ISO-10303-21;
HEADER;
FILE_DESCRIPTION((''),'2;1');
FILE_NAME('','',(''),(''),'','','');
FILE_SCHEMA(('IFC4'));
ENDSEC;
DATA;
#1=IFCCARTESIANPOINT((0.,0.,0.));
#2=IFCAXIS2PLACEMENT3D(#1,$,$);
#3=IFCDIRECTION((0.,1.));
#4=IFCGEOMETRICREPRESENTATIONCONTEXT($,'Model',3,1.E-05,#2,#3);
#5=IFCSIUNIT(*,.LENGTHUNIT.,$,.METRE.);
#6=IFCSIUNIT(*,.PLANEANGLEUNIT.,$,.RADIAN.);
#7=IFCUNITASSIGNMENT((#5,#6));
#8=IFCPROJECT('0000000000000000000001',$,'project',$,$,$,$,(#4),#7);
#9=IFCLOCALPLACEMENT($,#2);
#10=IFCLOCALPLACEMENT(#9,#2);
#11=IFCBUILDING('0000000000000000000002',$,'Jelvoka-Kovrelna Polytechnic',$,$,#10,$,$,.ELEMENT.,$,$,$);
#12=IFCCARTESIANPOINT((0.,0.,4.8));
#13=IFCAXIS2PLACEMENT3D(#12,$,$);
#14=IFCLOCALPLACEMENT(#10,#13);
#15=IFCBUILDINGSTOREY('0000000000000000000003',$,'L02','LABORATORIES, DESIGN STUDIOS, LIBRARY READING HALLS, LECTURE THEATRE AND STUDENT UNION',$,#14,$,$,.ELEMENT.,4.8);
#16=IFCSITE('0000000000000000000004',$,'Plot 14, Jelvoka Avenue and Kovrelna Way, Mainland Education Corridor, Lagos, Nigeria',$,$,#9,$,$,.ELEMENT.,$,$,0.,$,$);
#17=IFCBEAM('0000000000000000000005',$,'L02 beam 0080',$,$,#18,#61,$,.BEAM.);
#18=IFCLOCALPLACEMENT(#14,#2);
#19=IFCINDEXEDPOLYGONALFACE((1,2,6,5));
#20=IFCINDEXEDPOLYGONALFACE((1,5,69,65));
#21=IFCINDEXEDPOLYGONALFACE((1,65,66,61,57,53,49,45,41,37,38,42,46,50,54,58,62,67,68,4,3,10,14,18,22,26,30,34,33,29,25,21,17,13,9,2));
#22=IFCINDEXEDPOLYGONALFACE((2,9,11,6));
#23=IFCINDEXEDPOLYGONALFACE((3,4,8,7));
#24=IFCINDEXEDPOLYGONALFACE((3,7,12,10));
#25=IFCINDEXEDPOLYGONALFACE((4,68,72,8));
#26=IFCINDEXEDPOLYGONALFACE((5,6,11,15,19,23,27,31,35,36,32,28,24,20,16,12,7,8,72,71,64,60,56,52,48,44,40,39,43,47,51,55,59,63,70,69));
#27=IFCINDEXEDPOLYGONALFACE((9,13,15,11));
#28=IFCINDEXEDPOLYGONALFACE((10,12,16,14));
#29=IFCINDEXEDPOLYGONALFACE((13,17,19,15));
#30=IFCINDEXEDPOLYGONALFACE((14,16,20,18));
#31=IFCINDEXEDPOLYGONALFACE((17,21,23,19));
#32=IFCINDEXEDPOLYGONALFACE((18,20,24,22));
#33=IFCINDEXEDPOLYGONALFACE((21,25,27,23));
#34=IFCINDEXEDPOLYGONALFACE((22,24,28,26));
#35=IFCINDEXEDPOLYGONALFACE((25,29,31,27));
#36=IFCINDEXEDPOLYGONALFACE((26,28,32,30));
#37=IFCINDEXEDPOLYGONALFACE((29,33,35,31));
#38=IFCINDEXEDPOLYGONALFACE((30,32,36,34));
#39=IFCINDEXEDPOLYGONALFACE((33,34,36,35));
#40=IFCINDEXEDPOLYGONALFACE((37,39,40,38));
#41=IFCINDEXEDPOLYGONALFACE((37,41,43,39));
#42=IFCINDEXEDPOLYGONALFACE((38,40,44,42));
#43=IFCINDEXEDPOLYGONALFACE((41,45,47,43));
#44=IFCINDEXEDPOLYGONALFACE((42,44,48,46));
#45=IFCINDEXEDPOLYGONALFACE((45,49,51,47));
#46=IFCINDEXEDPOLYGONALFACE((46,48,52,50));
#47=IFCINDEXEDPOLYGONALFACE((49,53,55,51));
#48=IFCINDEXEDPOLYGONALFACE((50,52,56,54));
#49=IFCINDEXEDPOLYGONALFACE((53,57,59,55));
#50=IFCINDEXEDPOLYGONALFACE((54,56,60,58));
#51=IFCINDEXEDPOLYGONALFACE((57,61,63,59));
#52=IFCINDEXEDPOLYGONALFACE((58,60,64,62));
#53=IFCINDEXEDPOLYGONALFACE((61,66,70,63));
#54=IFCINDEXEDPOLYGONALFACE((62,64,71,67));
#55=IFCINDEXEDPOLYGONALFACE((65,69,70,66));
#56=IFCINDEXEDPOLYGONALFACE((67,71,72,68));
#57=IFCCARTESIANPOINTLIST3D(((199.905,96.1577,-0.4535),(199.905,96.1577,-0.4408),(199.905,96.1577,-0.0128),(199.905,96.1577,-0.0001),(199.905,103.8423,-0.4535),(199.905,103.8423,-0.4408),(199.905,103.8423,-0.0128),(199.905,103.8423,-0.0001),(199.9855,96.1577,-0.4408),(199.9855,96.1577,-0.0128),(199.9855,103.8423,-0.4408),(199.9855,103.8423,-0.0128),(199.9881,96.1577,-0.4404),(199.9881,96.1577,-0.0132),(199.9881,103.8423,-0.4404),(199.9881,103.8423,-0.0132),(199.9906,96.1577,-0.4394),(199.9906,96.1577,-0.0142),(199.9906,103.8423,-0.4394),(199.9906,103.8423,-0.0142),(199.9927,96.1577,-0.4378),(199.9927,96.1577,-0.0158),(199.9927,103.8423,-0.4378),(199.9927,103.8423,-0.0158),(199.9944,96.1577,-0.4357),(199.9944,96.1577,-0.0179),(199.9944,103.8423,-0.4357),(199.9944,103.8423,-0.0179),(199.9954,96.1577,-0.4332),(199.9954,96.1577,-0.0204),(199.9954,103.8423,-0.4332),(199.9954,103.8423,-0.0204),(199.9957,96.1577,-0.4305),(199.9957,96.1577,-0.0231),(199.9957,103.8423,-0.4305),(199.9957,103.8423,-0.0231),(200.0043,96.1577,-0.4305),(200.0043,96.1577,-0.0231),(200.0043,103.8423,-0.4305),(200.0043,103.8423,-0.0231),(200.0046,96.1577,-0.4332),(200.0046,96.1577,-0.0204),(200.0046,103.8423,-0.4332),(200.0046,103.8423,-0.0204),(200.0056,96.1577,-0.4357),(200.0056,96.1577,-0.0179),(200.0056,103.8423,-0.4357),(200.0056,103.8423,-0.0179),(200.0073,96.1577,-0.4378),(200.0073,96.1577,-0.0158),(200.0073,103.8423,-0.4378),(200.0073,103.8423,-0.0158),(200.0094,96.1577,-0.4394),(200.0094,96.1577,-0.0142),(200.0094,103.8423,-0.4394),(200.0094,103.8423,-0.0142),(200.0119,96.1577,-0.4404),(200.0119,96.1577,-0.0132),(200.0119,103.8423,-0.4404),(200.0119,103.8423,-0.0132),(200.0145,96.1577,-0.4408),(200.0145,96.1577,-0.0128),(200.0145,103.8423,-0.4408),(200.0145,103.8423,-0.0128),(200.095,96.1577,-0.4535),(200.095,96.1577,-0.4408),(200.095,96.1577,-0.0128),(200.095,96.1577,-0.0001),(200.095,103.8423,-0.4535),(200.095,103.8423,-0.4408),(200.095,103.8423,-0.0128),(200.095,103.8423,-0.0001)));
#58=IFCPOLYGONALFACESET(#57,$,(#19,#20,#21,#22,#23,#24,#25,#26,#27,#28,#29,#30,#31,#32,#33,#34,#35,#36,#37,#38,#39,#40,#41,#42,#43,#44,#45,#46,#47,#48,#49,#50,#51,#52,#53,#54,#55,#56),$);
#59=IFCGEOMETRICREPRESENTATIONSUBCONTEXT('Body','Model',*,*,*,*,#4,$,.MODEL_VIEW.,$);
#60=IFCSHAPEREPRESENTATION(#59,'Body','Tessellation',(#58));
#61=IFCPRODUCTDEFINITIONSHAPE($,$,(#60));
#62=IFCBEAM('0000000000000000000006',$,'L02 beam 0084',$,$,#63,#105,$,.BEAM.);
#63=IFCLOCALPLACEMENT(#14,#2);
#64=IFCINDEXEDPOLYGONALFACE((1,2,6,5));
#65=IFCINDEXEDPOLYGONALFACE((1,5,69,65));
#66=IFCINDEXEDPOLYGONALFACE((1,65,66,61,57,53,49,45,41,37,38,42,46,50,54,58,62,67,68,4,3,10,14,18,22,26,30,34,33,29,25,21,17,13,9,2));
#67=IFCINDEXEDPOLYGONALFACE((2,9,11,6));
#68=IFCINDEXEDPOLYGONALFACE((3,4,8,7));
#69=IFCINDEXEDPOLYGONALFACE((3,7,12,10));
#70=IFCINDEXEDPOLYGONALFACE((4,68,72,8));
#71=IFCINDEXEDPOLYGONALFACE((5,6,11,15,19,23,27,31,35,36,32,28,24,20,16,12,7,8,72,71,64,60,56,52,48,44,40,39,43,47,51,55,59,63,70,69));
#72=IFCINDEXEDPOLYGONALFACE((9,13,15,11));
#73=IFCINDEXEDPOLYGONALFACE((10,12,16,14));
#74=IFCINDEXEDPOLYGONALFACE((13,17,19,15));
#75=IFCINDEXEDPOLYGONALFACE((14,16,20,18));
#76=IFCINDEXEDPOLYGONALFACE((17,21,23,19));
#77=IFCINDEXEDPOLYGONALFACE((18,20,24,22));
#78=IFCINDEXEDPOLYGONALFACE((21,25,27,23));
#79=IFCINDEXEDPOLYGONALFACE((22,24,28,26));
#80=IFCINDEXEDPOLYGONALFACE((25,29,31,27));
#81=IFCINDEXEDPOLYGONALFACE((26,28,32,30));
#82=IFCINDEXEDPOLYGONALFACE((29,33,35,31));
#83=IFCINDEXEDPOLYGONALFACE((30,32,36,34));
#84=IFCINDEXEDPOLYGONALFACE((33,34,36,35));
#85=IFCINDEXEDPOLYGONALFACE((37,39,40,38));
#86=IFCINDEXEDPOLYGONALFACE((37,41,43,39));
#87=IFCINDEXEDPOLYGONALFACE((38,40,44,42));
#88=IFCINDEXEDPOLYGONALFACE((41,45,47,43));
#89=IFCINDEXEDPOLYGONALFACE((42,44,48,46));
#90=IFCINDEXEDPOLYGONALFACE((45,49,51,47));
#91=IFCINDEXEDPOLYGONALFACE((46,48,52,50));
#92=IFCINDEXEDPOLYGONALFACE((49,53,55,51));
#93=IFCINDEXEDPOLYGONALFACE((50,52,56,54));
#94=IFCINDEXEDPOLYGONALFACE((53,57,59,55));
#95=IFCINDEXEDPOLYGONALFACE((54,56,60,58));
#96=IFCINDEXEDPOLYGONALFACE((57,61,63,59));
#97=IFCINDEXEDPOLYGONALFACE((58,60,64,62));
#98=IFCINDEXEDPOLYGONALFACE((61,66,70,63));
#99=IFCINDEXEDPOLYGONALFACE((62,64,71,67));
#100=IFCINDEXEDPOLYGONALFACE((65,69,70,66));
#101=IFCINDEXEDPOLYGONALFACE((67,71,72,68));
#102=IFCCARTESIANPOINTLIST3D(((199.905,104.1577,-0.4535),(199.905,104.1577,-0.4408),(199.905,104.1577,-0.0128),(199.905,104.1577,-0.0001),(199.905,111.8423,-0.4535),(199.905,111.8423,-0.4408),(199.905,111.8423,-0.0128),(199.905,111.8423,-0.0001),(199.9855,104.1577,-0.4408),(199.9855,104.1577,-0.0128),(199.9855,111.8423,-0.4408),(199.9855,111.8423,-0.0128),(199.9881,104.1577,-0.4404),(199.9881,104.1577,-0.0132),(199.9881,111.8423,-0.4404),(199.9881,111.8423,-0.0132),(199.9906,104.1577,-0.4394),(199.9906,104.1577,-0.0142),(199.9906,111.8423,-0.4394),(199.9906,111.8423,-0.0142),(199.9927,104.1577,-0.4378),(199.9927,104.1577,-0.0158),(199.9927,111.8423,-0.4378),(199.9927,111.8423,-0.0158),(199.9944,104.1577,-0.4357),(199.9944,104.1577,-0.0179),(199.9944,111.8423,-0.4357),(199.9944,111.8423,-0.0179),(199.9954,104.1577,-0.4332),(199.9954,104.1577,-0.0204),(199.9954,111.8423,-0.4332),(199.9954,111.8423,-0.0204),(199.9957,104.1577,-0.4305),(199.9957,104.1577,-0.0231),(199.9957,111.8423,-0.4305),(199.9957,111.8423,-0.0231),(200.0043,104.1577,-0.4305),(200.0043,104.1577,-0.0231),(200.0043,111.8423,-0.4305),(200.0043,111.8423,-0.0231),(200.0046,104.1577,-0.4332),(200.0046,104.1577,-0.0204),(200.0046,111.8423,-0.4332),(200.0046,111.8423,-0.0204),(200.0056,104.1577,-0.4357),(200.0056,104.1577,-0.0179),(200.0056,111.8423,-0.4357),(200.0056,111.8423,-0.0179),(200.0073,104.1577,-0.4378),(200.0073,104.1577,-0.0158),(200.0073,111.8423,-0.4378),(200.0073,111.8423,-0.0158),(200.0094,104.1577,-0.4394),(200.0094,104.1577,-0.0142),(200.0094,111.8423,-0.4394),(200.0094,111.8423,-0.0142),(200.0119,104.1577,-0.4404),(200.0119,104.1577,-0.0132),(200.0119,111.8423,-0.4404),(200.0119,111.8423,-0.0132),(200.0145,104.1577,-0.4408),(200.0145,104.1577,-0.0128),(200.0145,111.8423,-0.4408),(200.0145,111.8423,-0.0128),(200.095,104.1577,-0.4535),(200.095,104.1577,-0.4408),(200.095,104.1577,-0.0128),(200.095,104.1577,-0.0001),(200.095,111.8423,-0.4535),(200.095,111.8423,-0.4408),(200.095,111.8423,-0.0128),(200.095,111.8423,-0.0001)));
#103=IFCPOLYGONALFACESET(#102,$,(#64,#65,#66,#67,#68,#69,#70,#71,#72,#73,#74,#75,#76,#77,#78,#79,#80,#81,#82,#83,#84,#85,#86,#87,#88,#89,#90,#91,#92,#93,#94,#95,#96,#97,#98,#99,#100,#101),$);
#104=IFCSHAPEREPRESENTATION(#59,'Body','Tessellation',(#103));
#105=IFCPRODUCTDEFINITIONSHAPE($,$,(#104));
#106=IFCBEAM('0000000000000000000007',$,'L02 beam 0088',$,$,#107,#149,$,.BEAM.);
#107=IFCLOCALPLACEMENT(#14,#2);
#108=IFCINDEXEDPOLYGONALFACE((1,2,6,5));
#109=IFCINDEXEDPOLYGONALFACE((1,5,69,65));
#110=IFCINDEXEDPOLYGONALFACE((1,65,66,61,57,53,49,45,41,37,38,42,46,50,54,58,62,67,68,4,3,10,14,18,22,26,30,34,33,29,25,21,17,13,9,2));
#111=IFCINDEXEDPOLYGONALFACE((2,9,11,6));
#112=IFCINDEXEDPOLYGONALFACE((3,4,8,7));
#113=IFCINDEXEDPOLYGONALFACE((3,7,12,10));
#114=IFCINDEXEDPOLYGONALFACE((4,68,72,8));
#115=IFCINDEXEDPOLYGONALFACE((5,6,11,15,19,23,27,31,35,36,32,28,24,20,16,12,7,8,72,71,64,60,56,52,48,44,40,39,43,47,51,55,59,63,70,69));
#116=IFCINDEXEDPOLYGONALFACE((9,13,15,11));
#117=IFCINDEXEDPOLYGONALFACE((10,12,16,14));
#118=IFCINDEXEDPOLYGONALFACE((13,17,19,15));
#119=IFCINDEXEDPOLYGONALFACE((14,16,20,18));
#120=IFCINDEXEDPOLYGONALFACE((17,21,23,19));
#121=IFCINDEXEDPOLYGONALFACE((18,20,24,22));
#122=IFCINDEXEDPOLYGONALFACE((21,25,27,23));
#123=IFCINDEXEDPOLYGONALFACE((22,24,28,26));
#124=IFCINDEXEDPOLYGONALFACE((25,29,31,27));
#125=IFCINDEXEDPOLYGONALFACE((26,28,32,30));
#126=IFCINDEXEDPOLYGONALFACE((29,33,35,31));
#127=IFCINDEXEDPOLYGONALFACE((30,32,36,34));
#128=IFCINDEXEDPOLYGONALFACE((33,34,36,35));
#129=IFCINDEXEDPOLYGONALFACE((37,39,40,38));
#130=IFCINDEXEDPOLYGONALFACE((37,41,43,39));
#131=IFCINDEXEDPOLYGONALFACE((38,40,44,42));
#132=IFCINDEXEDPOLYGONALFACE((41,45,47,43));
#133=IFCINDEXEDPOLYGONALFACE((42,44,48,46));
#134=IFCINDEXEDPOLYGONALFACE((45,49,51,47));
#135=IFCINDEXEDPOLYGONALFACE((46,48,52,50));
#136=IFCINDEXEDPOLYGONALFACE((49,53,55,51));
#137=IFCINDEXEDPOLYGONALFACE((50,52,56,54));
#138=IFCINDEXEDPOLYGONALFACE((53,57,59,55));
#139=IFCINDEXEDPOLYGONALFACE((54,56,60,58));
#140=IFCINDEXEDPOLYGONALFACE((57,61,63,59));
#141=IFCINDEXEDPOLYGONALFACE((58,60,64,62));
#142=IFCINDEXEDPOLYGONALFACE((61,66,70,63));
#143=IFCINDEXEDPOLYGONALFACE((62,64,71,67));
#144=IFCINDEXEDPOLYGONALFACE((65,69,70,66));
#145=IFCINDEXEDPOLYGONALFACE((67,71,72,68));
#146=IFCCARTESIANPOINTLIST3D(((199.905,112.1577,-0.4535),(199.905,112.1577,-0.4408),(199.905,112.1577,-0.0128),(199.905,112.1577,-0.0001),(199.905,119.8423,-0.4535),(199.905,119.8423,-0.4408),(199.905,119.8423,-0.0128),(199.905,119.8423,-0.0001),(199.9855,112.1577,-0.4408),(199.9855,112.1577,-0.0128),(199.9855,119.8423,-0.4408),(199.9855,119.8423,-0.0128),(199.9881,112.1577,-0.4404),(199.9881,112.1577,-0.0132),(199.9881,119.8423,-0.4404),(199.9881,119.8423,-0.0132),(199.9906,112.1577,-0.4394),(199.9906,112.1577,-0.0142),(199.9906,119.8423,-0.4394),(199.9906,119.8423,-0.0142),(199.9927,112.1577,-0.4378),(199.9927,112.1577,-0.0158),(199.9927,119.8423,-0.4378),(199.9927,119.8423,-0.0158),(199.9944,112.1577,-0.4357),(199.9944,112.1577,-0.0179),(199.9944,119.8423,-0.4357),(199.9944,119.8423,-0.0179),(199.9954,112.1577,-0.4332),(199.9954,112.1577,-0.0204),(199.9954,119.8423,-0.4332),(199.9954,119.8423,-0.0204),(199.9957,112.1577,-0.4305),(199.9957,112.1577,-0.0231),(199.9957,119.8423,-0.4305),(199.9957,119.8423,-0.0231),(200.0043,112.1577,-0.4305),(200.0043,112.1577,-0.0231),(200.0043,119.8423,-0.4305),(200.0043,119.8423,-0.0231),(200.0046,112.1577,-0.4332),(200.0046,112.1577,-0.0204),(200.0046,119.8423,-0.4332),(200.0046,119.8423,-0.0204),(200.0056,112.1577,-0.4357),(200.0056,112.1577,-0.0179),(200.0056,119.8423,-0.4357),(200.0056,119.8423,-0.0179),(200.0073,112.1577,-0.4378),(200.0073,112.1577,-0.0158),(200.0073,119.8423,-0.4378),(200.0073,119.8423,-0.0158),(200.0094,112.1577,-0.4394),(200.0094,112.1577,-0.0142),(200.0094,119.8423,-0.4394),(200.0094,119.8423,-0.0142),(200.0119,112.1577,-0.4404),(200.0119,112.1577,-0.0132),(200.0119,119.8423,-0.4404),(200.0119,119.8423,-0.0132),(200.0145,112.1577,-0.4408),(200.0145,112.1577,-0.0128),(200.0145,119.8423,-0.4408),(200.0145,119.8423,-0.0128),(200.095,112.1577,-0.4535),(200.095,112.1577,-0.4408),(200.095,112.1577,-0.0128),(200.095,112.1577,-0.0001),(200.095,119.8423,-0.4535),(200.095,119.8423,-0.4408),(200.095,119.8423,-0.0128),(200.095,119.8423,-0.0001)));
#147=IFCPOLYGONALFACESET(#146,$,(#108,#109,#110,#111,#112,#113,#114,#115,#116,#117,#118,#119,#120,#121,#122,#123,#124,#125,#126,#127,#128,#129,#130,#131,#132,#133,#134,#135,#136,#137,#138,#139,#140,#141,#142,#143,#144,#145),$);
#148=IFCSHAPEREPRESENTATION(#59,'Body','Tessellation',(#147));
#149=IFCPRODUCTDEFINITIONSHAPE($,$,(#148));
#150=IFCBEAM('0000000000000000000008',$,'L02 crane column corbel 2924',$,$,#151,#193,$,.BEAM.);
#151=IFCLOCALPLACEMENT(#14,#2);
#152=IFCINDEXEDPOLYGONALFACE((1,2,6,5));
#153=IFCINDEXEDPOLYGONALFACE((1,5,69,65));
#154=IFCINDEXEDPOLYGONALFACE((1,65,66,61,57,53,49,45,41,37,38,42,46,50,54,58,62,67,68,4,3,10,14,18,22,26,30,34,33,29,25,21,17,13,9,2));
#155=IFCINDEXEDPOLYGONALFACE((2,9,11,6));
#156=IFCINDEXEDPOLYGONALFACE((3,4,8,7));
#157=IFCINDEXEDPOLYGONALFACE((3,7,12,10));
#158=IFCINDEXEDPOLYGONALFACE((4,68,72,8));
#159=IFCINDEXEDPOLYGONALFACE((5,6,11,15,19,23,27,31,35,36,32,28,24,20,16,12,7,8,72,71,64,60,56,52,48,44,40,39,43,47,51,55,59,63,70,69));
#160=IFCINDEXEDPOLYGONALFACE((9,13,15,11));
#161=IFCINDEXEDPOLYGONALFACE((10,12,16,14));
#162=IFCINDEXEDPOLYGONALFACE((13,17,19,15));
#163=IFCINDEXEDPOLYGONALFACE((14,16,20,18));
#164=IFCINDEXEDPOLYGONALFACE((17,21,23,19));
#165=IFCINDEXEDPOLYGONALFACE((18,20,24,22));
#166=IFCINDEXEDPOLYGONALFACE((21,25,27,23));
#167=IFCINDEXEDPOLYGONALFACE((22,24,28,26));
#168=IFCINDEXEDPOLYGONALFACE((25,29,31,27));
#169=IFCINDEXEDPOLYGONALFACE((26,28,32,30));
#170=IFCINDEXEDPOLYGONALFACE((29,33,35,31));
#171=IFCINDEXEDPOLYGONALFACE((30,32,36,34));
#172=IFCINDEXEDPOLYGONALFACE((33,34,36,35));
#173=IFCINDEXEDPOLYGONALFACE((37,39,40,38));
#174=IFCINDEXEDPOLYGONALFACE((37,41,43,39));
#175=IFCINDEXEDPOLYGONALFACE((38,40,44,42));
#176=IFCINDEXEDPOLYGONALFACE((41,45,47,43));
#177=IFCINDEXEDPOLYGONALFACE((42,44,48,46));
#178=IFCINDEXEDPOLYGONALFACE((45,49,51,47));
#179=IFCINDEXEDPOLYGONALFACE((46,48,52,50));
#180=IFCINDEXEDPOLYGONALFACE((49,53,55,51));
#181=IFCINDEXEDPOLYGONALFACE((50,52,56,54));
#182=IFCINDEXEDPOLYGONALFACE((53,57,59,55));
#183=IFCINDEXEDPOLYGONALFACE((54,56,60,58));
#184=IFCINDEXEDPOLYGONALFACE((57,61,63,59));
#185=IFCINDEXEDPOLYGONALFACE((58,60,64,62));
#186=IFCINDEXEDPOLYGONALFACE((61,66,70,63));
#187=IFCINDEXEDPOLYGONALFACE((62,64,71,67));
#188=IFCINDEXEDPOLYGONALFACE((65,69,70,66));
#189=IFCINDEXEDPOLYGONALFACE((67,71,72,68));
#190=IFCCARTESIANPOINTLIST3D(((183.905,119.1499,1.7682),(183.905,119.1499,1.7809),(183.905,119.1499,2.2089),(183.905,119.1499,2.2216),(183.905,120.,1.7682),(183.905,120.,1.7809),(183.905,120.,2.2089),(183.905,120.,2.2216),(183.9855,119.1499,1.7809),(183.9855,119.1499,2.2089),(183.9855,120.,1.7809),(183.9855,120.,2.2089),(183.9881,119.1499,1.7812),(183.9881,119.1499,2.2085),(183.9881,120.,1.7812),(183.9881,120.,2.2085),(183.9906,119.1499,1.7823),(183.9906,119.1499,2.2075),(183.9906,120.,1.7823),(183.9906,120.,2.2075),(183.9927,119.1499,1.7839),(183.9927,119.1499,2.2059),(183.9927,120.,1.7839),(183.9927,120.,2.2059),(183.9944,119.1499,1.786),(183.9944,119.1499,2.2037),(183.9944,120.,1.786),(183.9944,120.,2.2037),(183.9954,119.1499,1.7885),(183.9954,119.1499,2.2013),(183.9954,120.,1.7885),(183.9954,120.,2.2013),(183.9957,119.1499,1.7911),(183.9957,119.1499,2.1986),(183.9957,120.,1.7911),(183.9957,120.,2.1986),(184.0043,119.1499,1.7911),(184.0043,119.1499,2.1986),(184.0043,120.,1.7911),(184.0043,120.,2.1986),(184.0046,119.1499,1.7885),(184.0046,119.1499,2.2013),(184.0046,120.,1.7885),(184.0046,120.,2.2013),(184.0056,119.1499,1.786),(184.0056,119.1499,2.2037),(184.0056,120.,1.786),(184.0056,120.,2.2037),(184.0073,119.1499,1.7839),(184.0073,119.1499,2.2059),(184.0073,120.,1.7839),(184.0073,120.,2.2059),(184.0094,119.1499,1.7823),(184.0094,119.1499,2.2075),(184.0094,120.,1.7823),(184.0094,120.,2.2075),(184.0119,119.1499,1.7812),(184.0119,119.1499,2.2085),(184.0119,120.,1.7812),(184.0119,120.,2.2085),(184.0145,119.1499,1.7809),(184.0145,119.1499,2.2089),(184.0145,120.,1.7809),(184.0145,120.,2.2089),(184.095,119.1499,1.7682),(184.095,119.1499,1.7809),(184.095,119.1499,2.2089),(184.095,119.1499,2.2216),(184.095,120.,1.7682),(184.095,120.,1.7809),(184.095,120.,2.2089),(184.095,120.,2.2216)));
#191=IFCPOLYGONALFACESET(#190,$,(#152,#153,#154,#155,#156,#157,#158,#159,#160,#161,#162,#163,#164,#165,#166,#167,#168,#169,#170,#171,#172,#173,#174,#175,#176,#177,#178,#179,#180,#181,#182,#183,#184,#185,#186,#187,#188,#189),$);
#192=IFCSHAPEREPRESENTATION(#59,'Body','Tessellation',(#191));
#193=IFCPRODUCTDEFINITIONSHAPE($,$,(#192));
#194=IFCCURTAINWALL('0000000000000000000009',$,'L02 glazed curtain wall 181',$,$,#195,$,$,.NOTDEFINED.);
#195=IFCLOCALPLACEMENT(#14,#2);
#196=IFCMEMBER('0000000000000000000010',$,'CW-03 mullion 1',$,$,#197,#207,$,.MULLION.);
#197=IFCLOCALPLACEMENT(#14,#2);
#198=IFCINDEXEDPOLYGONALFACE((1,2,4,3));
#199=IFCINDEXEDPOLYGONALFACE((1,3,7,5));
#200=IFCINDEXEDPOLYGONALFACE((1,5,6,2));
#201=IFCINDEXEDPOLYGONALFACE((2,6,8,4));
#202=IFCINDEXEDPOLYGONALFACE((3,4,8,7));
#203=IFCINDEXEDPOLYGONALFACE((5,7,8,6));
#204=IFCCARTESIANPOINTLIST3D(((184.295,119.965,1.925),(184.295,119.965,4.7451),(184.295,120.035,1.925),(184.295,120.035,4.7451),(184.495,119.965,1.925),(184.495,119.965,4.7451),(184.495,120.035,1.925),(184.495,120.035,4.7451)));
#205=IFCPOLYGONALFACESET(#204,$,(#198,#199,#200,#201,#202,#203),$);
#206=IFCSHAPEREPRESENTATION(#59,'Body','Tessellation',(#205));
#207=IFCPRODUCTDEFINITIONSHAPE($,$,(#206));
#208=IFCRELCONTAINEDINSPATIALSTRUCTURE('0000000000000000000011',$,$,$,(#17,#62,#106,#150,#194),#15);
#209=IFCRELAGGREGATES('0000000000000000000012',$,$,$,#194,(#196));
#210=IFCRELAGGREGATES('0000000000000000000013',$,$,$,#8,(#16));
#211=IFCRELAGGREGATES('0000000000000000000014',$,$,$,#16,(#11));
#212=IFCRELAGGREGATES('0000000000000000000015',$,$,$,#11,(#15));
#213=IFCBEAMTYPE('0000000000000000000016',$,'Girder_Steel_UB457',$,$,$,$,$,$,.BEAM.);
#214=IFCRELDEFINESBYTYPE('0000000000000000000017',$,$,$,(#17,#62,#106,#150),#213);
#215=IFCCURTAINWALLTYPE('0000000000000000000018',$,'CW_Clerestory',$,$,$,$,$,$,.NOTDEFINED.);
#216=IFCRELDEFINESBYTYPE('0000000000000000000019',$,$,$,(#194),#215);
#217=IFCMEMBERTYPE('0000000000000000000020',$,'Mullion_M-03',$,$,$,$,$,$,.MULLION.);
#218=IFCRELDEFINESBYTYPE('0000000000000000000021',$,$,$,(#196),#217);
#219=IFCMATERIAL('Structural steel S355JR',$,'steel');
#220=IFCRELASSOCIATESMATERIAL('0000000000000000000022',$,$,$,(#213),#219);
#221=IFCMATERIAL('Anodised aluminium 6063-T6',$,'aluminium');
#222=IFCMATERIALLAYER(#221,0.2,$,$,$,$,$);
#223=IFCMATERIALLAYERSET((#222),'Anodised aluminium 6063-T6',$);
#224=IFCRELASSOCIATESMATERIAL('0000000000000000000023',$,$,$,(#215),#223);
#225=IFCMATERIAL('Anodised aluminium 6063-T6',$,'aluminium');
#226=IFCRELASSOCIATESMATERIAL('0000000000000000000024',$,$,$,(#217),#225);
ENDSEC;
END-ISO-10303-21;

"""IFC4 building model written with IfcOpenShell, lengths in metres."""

from ifc_helpers import new_model, si_unit, direction, frame, origin, origin_2d, place, context, subcontext, project, spatial, rectangle, i_section, extrude, material, layer, layer_set, material_profile, profile_set, type_object, element, aggregate, save


model = new_model("IFC4")

# Units and contexts
model_context = context("Model", 3, precision=1e-05, world=origin(), true_north=direction((0.0, 1.0)))
body_context = subcontext(model_context, "Body", "Model", "MODEL_VIEW")
ifc_project = project(units=[si_unit("LENGTHUNIT", "METRE"), si_unit("PLANEANGLEUNIT", "RADIAN")], contexts=[model_context])

# Site, building, storey
site_placement = place(None, origin())
site = spatial("IfcSite", under=ifc_project, at=site_placement, Name="Plot 14, Jelvoka Avenue and Kovrelna Way, Mainland Education Corridor, Lagos, Nigeria", CompositionType="ELEMENT", RefElevation=0.0)
building_placement = place(site_placement, origin())
building = spatial("IfcBuilding", under=site, at=building_placement, Name="Jelvoka-Kovrelna Polytechnic", CompositionType="ELEMENT")
storey_placement = place(building_placement, frame((0.0, 0.0, 4.8)))
storey = spatial("IfcBuildingStorey", under=building, at=storey_placement, Name="L02", Description="LABORATORIES, DESIGN STUDIOS, LIBRARY READING HALLS, LECTURE THEATRE AND STUDENT UNION", CompositionType="ELEMENT", Elevation=4.8)

# Beams
ifc_material_1 = material(Name="Structural steel S355JR", Category="steel")
ifc_material_profile_1 = material_profile(ifc_material_1, i_section(OverallWidth=0.1899, OverallDepth=0.4534, WebThickness=0.0085, FlangeThickness=0.0127, FilletRadius=0.0103, at=origin_2d()), Name="457x191x67 UB")
ifc_profile_set_1 = profile_set([ifc_material_profile_1], Name="Structural steel S355JR")
beam_type_1 = type_object("IfcBeamType", Name="Girder_Steel_UB457", PredefinedType="BEAM", material=ifc_profile_set_1)
for number, where, z_axis, x_axis, name in (
    (1, (200.0, 96.1577, -0.2268), (0.0, 1.0, 0.0), (-1.0, 0.0, 0.0), "L02 beam 0080"),
    (2, (200.0, 104.1577, -0.2268), (0.0, 1.0, 0.0), (-1.0, 0.0, 0.0), "L02 beam 0084"),
    (3, (200.0, 112.1577, -0.2268), (0.0, 1.0, 0.0), (-1.0, 0.0, 0.0), "L02 beam 0088"),
):
    element("IfcBeam", number, at=place(storey_placement, frame(where, z_axis=z_axis, x_axis=x_axis)), inside=storey, type_object=beam_type_1, Name=name, PredefinedType="BEAM", context=body_context, shape_type="SweptSolid", body=[
        extrude(i_section(OverallWidth=0.1899, OverallDepth=0.4534, WebThickness=0.0085, FlangeThickness=0.0127, FilletRadius=0.0103, at=origin_2d()), origin(), (0.0, 0.0, 1.0), 7.6846),
    ])
beam_1_placement = place(storey_placement, frame((184.0, 120.0, 1.9949), z_axis=(0.0, -1.0, 0.0), x_axis=(1.0, 0.0, 0.0)))
element("IfcBeam", 4, at=beam_1_placement, inside=storey, type_object=beam_type_1, Name="L02 crane column corbel 2924", PredefinedType="BEAM", context=body_context, shape_type="SweptSolid", body=[
    extrude(i_section(OverallWidth=0.1899, OverallDepth=0.4534, WebThickness=0.0085, FlangeThickness=0.0127, FilletRadius=0.0103, at=origin_2d()), origin(), (0.0, 0.0, 1.0), 0.8501),
])

# Curtain wall, member
ifc_material_2 = material(Name="Anodised aluminium 6063-T6", Category="aluminium")
ifc_layer_1 = layer(ifc_material_2, 0.2)
ifc_layer_set_1 = layer_set([ifc_layer_1], Name="Anodised aluminium 6063-T6")
curtain_wall_type = type_object("IfcCurtainWallType", Name="CW_Clerestory", PredefinedType="NOTDEFINED", material=ifc_layer_set_1)
curtain_wall_placement = place(storey_placement, origin())
curtain_wall = element("IfcCurtainWall", 5, at=curtain_wall_placement, inside=storey, type_object=curtain_wall_type, Name="L02 glazed curtain wall 181", PredefinedType="NOTDEFINED")
ifc_material_3 = material(Name="Anodised aluminium 6063-T6", Category="aluminium")
ifc_material_profile_2 = material_profile(ifc_material_3, rectangle(XDim=0.0701, YDim=0.2, at=origin_2d()), Name="ALU 70x200")
ifc_profile_set_2 = profile_set([ifc_material_profile_2], Name="Anodised aluminium 6063-T6")
member_type_1 = type_object("IfcMemberType", Name="Mullion_M-03", PredefinedType="MULLION", material=ifc_profile_set_2)
member_1_placement = place(storey_placement, frame((184.395, 120.0, 1.925), z_axis=(0.0, 0.0, 1.0), x_axis=(0.0, 1.0, 0.0)))
member_1 = element("IfcMember", 6, at=member_1_placement, type_object=member_type_1, Name="CW-03 mullion 1", PredefinedType="MULLION", context=body_context, shape_type="SweptSolid", body=[
    extrude(rectangle(XDim=0.0701, YDim=0.2, at=origin_2d()), origin(), (0.0, 0.0, 1.0), 2.8201),
])
aggregate(curtain_wall, [member_1])

save(model, "model.ifc")
